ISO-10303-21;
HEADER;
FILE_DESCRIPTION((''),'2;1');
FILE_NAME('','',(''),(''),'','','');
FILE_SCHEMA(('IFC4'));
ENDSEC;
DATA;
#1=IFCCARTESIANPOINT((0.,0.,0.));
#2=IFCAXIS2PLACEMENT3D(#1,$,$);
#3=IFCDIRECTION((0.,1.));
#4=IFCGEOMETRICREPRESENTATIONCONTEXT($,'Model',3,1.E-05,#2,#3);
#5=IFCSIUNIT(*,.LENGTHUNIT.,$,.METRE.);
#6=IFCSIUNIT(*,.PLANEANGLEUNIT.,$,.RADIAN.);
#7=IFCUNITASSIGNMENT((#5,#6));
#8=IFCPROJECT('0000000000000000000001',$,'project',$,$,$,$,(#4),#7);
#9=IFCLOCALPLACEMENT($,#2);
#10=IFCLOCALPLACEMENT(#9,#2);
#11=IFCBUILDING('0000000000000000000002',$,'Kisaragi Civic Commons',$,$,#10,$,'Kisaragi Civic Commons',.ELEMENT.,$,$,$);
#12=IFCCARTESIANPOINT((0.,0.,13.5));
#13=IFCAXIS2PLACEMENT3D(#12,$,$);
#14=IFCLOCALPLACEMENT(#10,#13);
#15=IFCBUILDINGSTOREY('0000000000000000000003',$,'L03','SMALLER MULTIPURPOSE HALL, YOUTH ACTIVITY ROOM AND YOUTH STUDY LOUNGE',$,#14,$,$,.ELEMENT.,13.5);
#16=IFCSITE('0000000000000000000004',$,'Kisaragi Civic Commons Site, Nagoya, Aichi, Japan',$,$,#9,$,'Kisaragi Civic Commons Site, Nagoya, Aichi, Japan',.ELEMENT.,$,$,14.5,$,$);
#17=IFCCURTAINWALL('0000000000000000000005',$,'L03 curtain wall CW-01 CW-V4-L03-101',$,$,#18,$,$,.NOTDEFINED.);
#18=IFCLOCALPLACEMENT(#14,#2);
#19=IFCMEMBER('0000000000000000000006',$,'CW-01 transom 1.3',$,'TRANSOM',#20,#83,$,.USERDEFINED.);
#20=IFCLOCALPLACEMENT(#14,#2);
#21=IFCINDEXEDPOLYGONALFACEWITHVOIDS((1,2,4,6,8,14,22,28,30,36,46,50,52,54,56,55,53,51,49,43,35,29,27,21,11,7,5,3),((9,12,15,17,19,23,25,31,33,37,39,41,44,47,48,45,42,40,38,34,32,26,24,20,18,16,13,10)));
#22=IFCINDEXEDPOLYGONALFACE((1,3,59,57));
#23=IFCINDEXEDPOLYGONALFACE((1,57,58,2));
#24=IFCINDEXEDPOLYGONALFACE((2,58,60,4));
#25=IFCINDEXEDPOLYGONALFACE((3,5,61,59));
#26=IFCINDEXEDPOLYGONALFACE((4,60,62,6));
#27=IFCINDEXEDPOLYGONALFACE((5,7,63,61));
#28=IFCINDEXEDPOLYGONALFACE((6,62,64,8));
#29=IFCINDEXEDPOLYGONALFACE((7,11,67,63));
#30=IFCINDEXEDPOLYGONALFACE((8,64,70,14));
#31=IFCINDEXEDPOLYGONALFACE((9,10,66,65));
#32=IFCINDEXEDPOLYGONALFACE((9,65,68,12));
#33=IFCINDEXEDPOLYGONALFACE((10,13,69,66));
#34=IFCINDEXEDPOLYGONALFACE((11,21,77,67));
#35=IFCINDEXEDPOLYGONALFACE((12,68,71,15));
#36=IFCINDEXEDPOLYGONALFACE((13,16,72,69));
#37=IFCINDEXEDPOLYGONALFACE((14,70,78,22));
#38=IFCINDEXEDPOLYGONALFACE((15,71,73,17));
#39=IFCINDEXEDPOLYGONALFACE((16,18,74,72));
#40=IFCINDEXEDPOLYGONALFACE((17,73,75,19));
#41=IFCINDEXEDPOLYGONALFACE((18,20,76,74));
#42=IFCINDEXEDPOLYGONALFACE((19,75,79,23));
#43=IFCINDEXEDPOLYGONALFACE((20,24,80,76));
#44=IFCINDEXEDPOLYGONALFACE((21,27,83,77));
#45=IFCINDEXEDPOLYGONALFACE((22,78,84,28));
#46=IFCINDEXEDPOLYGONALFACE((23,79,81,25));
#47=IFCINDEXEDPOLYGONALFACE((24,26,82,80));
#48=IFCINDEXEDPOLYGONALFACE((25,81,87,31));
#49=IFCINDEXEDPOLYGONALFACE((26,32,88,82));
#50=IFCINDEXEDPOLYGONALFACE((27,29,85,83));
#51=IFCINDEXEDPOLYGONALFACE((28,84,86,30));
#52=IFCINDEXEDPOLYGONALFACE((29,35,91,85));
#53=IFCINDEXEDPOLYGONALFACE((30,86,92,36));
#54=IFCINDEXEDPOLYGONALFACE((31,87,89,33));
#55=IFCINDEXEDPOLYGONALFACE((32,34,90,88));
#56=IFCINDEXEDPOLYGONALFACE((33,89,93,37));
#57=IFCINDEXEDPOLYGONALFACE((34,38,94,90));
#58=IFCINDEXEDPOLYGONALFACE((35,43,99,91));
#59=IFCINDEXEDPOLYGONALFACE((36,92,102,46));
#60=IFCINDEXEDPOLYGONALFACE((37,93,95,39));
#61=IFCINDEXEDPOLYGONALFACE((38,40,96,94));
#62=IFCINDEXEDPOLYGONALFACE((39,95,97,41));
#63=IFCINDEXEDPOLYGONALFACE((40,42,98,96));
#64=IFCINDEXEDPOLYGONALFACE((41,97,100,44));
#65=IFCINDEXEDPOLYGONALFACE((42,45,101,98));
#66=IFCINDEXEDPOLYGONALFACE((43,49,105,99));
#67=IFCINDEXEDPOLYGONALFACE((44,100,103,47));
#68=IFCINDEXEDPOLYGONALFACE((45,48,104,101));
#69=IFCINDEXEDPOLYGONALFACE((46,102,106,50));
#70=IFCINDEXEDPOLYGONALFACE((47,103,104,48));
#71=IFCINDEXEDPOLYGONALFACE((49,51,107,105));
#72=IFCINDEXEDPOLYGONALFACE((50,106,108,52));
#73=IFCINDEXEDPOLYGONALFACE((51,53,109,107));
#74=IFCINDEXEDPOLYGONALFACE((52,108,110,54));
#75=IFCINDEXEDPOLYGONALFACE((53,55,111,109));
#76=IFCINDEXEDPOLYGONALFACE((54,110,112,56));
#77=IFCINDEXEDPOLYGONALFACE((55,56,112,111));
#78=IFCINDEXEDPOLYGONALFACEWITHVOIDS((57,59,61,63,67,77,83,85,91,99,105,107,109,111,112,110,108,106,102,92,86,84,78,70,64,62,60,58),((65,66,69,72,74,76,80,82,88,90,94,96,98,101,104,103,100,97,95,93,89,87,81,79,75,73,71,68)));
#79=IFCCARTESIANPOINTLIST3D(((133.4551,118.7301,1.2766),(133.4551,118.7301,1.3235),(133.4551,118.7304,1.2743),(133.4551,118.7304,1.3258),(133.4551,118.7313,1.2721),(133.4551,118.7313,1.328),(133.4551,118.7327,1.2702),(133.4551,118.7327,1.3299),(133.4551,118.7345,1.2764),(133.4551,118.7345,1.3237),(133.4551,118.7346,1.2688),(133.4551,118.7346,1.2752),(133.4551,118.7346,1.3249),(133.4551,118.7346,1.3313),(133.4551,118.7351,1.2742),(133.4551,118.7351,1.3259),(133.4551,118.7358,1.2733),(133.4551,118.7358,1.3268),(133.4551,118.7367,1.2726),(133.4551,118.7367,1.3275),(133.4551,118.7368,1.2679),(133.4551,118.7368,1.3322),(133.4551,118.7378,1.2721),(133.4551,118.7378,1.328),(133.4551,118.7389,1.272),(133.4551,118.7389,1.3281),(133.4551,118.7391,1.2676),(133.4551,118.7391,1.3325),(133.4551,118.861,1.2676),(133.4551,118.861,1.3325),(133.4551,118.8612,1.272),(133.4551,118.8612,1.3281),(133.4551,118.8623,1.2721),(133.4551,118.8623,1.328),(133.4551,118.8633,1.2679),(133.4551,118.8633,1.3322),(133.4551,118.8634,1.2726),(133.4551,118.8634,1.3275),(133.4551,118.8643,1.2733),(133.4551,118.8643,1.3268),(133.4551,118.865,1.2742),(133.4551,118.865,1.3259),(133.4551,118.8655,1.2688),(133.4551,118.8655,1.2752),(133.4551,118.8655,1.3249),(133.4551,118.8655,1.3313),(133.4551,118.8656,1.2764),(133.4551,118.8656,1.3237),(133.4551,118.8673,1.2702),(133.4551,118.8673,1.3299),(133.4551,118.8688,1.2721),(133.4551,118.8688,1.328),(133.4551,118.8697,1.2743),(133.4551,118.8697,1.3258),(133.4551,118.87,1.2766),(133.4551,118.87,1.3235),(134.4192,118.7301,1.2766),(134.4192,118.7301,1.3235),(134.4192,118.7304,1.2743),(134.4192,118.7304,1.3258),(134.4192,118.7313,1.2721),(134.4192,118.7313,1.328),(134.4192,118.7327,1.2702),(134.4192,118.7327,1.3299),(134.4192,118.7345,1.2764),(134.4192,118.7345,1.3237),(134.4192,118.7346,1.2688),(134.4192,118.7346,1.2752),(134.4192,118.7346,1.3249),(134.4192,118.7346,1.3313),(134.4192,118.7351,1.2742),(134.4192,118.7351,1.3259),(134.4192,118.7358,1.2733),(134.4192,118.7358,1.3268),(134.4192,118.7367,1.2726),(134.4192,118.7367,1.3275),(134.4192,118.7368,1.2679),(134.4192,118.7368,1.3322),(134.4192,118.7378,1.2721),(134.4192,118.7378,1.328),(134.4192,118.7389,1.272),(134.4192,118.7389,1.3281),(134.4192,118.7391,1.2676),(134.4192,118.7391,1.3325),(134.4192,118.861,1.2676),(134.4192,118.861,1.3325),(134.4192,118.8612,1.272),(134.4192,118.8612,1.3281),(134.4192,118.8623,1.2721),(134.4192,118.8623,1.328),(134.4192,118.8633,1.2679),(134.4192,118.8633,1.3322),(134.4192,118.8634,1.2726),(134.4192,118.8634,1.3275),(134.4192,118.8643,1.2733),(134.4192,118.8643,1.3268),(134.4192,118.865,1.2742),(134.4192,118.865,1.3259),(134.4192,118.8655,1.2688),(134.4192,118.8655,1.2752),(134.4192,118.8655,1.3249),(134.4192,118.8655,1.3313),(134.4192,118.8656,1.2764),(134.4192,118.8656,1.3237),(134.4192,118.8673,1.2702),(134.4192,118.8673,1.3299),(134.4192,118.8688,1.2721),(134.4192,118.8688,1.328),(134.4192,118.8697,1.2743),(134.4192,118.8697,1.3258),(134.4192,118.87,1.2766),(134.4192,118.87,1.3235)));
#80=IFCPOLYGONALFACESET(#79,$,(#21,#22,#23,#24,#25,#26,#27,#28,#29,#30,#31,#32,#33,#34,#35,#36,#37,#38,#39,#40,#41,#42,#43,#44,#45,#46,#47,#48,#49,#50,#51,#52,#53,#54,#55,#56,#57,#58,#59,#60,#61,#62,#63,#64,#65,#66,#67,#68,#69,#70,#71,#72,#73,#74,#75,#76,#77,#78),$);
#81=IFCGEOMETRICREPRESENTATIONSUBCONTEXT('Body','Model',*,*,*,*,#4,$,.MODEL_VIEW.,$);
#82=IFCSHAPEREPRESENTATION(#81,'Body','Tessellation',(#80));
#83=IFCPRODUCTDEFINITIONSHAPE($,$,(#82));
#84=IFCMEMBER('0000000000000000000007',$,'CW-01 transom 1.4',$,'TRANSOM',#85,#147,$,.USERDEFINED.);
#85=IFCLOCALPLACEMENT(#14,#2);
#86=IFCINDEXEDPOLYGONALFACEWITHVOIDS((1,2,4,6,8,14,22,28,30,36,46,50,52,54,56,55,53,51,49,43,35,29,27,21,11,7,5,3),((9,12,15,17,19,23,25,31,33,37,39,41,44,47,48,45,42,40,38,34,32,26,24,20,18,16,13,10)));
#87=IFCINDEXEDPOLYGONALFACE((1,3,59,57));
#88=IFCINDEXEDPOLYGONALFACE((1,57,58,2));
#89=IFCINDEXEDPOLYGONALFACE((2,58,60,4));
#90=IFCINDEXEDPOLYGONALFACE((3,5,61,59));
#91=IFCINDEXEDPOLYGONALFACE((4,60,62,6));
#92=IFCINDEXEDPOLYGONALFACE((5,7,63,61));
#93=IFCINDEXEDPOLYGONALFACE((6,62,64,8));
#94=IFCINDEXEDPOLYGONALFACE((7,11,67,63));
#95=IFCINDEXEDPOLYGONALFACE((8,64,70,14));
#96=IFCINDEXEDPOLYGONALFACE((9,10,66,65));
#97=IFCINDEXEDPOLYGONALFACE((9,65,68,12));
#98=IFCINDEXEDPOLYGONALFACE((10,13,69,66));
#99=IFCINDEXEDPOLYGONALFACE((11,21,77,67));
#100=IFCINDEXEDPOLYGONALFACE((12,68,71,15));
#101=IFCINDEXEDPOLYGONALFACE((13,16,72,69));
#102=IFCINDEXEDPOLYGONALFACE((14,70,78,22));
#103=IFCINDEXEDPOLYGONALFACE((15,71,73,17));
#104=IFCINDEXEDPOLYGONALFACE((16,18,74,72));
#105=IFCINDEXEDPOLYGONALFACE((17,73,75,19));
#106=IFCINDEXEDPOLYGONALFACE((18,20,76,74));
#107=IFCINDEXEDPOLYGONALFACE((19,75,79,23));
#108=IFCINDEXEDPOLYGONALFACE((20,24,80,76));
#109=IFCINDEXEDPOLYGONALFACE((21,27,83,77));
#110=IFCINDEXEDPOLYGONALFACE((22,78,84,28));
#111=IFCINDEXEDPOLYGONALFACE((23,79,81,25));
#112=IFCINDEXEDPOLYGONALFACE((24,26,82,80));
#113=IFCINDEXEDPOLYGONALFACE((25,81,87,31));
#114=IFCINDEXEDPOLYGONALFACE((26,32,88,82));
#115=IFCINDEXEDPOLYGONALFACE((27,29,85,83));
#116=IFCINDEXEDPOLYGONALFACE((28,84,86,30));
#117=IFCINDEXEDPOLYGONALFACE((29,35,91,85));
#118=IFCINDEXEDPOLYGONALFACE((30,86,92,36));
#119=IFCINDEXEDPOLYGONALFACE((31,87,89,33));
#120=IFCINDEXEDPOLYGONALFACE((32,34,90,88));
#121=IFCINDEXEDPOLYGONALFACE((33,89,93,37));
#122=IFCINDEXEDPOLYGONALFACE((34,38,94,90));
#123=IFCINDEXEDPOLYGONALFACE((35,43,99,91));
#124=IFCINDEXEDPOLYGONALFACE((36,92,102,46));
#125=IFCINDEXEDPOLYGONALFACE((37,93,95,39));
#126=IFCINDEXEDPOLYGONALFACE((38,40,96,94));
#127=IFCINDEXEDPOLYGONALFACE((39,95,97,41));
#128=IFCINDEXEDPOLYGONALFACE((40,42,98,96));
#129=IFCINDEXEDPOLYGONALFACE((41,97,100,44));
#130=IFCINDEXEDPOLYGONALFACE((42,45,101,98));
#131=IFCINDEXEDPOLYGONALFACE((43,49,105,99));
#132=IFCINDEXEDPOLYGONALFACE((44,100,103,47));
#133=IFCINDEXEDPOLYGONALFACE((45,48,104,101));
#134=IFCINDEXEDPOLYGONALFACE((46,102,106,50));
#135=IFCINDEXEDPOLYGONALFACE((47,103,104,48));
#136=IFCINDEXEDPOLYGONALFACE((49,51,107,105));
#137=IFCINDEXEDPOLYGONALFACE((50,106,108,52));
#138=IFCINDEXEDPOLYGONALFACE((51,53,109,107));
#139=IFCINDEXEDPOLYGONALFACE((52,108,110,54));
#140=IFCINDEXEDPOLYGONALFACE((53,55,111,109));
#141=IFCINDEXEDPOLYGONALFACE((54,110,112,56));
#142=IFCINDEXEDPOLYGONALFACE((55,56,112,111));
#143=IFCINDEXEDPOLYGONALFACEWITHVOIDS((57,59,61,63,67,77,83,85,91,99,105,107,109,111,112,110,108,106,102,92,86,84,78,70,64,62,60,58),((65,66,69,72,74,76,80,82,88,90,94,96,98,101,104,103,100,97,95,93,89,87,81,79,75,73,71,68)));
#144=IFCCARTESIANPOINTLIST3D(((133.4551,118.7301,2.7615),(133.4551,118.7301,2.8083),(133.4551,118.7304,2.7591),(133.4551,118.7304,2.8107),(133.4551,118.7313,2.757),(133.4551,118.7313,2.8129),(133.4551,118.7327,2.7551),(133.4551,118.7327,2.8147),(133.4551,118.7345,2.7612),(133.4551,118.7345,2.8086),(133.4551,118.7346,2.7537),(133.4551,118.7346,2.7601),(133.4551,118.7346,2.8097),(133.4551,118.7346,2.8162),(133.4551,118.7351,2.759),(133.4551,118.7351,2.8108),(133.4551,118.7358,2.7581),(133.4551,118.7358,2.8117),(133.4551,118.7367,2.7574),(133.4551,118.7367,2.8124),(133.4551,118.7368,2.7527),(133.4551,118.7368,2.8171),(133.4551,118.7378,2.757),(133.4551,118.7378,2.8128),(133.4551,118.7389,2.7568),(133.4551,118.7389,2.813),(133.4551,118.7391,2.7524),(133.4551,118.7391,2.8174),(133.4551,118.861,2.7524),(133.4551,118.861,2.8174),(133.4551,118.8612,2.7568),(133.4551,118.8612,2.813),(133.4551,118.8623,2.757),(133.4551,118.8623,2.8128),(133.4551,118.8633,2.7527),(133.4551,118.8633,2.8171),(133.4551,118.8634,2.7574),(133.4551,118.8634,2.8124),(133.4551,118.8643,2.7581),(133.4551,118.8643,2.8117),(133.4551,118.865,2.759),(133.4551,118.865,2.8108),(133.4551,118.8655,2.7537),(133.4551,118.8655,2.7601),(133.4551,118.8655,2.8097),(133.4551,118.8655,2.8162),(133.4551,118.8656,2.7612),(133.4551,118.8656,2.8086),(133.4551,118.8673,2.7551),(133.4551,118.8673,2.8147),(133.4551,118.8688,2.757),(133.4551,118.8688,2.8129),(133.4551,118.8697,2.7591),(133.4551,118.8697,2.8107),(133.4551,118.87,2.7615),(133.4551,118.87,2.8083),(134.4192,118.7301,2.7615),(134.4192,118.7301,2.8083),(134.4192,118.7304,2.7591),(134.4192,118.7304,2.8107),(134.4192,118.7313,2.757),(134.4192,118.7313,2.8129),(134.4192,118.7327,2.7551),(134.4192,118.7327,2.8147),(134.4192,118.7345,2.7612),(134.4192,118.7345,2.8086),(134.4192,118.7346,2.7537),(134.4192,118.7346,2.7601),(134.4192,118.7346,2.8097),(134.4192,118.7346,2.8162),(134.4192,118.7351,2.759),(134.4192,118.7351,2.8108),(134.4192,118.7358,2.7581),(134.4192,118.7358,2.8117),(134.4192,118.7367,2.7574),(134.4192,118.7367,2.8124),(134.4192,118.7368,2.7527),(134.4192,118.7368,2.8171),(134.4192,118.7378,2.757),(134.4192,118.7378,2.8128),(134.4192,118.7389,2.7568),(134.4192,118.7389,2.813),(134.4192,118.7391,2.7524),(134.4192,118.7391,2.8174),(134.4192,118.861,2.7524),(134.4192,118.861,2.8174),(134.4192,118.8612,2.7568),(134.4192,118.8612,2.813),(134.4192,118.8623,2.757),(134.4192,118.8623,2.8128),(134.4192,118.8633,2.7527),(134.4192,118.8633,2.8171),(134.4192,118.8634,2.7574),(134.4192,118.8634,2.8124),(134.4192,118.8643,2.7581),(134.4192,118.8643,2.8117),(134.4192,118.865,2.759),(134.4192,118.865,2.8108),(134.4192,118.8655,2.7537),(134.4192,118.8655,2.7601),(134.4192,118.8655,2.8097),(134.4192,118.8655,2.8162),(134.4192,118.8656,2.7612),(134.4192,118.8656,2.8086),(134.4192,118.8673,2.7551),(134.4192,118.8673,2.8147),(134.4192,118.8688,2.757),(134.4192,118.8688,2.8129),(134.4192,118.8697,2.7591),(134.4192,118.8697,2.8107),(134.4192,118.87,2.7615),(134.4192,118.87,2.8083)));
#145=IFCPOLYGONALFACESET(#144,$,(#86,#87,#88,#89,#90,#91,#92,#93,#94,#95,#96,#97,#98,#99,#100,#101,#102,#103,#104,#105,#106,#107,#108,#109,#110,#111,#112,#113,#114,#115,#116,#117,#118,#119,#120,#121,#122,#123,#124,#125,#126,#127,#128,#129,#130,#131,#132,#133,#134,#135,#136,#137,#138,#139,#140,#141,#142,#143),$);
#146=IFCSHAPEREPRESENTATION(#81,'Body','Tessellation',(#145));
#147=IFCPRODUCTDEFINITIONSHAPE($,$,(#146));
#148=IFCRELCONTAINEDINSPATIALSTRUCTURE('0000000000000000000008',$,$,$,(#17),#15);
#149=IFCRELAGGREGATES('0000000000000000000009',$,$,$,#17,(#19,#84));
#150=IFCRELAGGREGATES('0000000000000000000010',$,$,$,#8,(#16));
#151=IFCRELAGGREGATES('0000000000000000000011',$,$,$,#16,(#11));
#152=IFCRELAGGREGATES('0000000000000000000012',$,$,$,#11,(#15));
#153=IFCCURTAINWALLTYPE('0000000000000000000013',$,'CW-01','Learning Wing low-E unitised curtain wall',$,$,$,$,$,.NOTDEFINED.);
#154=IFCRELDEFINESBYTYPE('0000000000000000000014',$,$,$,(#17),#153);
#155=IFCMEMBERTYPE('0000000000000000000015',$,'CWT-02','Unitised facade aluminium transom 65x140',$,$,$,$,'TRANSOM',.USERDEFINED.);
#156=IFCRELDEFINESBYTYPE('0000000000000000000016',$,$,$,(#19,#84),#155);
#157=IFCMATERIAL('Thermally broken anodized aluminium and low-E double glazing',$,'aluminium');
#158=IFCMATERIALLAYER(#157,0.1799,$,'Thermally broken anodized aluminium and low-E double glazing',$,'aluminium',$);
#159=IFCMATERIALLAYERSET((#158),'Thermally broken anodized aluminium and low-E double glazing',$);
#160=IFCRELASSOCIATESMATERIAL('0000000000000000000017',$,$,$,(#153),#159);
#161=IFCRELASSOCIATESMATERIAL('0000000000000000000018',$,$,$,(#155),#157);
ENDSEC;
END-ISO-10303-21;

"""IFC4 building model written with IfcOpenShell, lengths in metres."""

from ifc_helpers import new_model, si_unit, direction, frame, origin, origin_2d, place, context, subcontext, project, spatial, hollow_rectangle, extrude, material, layer, layer_set, material_profile, profile_set, type_object, element, aggregate, save


model = new_model("IFC4")

# Units and contexts
model_context = context("Model", 3, precision=1e-05, world=origin(), true_north=direction((0.0, 1.0)))
body_context = subcontext(model_context, "Body", "Model", "MODEL_VIEW")
ifc_project = project(units=[si_unit("LENGTHUNIT", "METRE"), si_unit("PLANEANGLEUNIT", "RADIAN")], contexts=[model_context])

# Site, building, storey
site_placement = place(None, origin())
site = spatial("IfcSite", under=ifc_project, at=site_placement, Name="Kisaragi Civic Commons Site, Nagoya, Aichi, Japan", LongName="Kisaragi Civic Commons Site, Nagoya, Aichi, Japan", CompositionType="ELEMENT", RefElevation=14.5)
building_placement = place(site_placement, origin())
building = spatial("IfcBuilding", under=site, at=building_placement, Name="Kisaragi Civic Commons", LongName="Kisaragi Civic Commons", CompositionType="ELEMENT")
storey_placement = place(building_placement, frame((0.0, 0.0, 13.5)))
storey = spatial("IfcBuildingStorey", under=building, at=storey_placement, Name="L03", Description="SMALLER MULTIPURPOSE HALL, YOUTH ACTIVITY ROOM AND YOUTH STUDY LOUNGE", CompositionType="ELEMENT", Elevation=13.5)

# Curtain wall, members
ifc_material = material(Name="Thermally broken anodized aluminium and low-E double glazing", Category="aluminium")
ifc_layer_1 = layer(ifc_material, 0.1799, Name="Thermally broken anodized aluminium and low-E double glazing", Category="aluminium")
ifc_layer_set_1 = layer_set([ifc_layer_1], Name="Thermally broken anodized aluminium and low-E double glazing")
curtain_wall_type = type_object("IfcCurtainWallType", Name="CW-01", Description="Learning Wing low-E unitised curtain wall", PredefinedType="NOTDEFINED", material=ifc_layer_set_1)
curtain_wall_placement = place(storey_placement, origin())
curtain_wall = element("IfcCurtainWall", 1, at=curtain_wall_placement, inside=storey, type_object=curtain_wall_type, Name="L03 curtain wall CW-01 CW-V4-L03-101", PredefinedType="NOTDEFINED")
ifc_material_profile_1 = material_profile(ifc_material, hollow_rectangle(XDim=0.1399, YDim=0.0649, WallThickness=0.0044, InnerFilletRadius=0.0044, OuterFilletRadius=0.009, at=origin_2d()), Name="CWT-65x140x4.5", Category="aluminium")
ifc_profile_set_1 = profile_set([ifc_material_profile_1], Name="Thermally broken anodized aluminium and low-E double glazing")
member_type_1 = type_object("IfcMemberType", Name="CWT-02", Description="Unitised facade aluminium transom 65x140", ElementType="TRANSOM", PredefinedType="USERDEFINED", material=ifc_profile_set_1)
member_1_placement = place(storey_placement, frame((133.4551, 118.8, 1.3), z_axis=(1.0, 0.0, 0.0), x_axis=(0.0, 1.0, 0.0)))
member_1 = element("IfcMember", 2, at=member_1_placement, type_object=member_type_1, Name="CW-01 transom 1.3", ObjectType="TRANSOM", PredefinedType="USERDEFINED", context=body_context, shape_type="SweptSolid", body=[
    extrude(hollow_rectangle(XDim=0.1399, YDim=0.0649, WallThickness=0.0044, InnerFilletRadius=0.0044, OuterFilletRadius=0.009, at=origin_2d()), origin(), (0.0, 0.0, 1.0), 0.9641),
])
member_2_placement = place(storey_placement, frame((133.4551, 118.8, 2.7849), z_axis=(1.0, 0.0, 0.0), x_axis=(0.0, 1.0, 0.0)))
member_2 = element("IfcMember", 3, at=member_2_placement, type_object=member_type_1, Name="CW-01 transom 1.4", ObjectType="TRANSOM", PredefinedType="USERDEFINED", context=body_context, shape_type="SweptSolid", body=[
    extrude(hollow_rectangle(XDim=0.1399, YDim=0.0649, WallThickness=0.0044, InnerFilletRadius=0.0044, OuterFilletRadius=0.009, at=origin_2d()), origin(), (0.0, 0.0, 1.0), 0.9641),
])
aggregate(curtain_wall, [member_1, member_2])

save(model, "model.ifc")
